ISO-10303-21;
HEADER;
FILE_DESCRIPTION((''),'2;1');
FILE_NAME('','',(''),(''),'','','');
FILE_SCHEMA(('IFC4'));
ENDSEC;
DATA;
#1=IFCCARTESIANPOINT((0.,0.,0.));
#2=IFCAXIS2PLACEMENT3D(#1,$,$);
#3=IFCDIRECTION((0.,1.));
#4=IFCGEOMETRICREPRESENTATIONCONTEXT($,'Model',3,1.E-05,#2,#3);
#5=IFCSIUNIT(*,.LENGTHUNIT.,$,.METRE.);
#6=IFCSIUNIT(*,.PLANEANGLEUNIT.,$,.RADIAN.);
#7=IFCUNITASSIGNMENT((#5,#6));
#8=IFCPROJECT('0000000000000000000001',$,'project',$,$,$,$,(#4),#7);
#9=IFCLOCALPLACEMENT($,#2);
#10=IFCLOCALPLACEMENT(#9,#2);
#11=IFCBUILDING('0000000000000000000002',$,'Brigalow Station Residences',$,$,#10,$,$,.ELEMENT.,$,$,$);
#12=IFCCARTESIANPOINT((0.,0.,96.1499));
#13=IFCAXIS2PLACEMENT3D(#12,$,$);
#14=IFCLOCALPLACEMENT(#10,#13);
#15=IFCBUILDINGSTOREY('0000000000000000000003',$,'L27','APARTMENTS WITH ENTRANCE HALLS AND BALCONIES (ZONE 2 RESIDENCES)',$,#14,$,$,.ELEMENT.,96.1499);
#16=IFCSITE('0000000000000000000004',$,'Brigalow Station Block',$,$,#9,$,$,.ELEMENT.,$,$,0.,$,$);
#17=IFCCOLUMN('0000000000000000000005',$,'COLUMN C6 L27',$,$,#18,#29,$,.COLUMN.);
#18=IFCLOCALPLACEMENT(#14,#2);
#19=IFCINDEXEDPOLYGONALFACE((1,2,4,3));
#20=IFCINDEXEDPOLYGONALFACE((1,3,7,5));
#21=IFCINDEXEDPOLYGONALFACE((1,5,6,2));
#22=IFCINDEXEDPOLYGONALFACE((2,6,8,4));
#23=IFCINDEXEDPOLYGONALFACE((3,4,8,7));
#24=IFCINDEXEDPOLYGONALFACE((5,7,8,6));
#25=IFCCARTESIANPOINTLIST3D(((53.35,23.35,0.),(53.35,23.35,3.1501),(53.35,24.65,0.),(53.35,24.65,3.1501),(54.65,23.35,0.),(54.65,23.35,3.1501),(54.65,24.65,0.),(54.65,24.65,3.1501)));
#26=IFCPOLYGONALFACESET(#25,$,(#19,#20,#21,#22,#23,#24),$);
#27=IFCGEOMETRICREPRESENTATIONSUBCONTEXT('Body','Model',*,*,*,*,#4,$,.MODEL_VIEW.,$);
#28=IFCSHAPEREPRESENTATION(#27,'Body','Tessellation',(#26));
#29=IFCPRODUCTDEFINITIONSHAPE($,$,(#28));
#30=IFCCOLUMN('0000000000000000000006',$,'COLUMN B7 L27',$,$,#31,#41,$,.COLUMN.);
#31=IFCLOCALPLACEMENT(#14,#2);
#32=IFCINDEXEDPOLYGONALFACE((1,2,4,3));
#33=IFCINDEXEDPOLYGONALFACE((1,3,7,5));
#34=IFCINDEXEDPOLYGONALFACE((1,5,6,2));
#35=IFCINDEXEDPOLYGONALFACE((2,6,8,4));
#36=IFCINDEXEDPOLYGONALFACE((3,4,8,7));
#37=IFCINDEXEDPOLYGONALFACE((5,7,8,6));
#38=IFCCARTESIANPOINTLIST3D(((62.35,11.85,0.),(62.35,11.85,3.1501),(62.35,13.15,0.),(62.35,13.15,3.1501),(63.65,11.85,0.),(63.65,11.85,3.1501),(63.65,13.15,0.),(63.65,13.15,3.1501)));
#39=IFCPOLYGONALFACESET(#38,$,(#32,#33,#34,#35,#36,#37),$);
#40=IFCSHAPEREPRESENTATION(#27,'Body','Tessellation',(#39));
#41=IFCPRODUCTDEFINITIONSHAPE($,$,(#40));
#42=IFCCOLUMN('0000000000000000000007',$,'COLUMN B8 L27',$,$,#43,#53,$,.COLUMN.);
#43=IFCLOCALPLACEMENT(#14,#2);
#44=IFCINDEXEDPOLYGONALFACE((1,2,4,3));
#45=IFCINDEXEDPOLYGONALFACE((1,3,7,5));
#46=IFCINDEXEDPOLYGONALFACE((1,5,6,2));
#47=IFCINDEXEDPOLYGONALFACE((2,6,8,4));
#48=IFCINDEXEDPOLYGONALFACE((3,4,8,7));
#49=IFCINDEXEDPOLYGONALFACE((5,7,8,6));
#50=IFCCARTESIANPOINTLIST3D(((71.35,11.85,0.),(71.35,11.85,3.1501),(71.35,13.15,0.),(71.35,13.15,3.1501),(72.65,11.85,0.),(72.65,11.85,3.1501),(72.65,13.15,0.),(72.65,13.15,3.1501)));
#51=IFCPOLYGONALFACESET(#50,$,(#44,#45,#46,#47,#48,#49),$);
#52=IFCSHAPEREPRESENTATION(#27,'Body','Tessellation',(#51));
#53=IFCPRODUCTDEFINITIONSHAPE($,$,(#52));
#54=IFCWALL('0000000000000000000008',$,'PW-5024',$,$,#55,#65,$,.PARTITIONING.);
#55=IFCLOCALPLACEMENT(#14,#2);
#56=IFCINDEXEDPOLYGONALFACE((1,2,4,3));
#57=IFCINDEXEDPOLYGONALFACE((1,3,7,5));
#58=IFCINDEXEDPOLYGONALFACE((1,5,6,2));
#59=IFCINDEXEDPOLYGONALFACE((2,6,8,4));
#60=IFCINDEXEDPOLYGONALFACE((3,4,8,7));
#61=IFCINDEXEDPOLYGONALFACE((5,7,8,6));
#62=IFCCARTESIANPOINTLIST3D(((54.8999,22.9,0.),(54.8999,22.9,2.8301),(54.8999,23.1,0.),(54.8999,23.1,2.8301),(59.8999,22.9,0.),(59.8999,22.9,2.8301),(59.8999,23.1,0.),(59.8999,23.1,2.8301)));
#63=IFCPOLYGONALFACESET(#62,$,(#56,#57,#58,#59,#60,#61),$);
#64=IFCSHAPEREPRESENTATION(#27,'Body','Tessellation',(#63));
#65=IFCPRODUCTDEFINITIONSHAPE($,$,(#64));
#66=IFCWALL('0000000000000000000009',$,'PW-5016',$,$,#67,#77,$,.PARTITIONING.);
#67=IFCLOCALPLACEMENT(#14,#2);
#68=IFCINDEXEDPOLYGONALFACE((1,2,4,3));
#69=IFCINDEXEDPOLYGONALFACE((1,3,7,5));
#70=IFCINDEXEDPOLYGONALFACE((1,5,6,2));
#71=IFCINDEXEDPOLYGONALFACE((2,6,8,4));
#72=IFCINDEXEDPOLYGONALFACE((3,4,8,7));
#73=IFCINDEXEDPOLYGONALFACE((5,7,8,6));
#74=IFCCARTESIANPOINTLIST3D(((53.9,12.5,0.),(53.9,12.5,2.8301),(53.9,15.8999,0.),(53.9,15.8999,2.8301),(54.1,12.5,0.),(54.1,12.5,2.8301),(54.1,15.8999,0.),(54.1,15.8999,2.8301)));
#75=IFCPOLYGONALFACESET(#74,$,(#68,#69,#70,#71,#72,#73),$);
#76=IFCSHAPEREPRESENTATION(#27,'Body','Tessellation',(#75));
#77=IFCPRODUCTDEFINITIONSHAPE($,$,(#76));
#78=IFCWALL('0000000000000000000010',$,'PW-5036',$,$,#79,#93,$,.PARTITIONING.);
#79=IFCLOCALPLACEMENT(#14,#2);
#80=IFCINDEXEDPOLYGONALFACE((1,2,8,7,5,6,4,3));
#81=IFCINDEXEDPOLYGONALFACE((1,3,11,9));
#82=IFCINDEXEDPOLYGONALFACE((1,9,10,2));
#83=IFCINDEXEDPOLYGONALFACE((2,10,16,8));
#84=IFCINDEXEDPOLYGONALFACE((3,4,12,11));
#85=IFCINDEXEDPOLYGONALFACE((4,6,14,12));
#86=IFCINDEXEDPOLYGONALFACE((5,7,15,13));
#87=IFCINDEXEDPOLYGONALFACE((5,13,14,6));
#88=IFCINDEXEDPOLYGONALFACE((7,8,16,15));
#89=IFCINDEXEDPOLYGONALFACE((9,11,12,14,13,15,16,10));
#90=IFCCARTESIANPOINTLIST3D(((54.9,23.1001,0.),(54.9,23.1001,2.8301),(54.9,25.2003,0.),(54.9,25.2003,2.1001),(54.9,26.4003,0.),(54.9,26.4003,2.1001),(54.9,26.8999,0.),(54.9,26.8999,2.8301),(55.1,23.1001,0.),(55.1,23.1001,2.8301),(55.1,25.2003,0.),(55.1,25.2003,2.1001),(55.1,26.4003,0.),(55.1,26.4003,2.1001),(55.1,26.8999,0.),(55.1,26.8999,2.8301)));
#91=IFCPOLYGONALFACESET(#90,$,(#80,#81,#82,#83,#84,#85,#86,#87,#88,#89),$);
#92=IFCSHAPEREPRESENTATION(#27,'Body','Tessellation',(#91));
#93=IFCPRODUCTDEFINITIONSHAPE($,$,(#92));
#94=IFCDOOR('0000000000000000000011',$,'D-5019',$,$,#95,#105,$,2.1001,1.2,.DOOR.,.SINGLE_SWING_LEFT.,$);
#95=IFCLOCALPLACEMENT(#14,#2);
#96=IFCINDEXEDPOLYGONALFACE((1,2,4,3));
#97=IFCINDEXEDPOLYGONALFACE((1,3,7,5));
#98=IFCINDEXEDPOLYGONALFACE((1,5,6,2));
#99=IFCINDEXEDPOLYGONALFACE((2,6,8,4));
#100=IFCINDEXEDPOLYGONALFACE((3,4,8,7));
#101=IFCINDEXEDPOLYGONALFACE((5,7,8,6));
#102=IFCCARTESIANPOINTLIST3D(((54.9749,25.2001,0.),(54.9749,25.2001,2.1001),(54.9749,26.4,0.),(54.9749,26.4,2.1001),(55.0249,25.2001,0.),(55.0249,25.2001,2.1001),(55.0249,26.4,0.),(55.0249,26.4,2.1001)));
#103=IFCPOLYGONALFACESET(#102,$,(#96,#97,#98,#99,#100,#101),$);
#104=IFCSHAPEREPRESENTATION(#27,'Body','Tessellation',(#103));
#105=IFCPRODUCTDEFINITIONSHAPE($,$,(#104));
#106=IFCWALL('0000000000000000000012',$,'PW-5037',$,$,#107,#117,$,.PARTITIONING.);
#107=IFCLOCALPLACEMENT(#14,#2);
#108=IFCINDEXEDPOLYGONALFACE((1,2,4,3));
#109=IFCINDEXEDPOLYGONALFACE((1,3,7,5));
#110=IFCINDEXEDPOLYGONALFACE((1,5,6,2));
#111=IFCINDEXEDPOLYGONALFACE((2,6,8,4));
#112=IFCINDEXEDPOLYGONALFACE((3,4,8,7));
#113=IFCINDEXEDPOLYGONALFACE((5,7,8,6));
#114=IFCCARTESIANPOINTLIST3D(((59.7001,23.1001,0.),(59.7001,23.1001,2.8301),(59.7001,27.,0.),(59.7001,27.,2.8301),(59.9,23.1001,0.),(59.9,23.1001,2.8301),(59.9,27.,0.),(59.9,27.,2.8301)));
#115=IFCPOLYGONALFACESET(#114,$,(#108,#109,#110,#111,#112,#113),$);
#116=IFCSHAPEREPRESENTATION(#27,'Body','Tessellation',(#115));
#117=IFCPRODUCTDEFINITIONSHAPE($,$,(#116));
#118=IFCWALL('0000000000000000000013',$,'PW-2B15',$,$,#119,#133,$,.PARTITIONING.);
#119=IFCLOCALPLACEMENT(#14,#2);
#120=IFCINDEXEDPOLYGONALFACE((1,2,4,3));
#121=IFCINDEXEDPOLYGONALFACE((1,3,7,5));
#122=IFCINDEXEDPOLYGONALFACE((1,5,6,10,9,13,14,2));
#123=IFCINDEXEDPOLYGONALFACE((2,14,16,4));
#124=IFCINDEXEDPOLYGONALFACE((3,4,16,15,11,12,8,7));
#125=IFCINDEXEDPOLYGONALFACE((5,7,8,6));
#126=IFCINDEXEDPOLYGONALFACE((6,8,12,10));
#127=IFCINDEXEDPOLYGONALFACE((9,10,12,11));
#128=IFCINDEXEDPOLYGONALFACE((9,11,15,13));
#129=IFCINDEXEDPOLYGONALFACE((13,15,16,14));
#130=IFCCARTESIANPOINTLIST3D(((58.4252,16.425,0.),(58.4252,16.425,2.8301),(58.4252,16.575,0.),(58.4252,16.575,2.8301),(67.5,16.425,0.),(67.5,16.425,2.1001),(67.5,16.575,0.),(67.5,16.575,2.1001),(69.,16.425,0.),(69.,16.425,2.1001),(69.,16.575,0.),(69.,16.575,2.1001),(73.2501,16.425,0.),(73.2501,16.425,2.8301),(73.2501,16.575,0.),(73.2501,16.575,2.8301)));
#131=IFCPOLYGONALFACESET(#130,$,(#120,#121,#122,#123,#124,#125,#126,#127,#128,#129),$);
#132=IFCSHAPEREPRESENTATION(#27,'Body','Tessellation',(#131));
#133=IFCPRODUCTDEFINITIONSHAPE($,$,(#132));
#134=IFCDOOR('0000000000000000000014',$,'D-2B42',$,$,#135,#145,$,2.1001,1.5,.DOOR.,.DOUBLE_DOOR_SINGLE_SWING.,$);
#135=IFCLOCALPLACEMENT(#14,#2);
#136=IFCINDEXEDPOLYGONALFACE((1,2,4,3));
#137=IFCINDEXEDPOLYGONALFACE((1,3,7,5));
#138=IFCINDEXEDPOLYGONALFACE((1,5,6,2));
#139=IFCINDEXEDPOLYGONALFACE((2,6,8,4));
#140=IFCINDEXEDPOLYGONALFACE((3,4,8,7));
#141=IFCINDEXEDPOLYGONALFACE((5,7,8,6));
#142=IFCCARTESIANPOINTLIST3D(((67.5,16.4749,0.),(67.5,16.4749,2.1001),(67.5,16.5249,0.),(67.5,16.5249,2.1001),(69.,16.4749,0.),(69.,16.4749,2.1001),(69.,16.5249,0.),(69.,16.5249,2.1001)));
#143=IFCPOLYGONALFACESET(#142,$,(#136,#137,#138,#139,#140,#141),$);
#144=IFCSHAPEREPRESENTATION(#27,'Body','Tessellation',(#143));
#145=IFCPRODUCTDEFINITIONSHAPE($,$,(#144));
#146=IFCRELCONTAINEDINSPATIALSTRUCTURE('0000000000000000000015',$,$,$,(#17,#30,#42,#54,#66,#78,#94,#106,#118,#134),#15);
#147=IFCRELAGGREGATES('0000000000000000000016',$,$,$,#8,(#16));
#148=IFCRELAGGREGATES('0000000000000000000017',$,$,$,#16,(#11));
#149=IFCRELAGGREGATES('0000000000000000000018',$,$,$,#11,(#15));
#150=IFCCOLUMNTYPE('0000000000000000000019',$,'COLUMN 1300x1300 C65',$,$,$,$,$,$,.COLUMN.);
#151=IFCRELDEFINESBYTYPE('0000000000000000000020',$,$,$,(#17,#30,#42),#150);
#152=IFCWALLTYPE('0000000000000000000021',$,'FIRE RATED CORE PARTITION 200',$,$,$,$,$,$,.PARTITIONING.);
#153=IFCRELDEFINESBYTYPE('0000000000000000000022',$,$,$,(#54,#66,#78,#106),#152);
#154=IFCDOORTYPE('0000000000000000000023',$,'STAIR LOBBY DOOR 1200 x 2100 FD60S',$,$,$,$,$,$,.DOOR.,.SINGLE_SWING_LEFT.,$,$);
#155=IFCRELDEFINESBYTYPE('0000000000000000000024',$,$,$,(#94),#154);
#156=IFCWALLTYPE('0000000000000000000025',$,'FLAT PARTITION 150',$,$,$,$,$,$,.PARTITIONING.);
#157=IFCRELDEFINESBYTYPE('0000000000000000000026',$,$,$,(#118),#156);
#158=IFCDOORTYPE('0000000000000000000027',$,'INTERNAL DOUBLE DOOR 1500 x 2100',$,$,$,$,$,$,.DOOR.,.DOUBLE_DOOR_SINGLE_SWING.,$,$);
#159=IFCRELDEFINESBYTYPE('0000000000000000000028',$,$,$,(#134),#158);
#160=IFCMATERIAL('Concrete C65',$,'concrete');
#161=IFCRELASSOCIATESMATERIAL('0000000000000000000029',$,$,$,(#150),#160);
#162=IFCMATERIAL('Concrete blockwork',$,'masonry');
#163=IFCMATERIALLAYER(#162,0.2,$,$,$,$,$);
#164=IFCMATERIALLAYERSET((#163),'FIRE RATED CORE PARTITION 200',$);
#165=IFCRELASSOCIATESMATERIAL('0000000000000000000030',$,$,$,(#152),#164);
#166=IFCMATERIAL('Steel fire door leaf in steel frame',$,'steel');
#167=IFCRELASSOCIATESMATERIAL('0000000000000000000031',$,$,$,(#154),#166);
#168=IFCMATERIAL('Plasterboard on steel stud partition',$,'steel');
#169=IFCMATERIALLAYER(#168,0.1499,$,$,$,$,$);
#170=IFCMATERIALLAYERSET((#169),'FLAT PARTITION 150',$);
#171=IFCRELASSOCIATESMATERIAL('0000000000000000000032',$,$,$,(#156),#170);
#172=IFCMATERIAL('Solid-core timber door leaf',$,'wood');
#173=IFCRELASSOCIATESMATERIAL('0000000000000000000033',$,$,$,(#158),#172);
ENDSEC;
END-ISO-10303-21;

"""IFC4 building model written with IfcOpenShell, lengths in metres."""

from ifc_helpers import new_model, si_unit, direction, frame, frame_2d, origin, origin_2d, place, context, subcontext, project, spatial, rectangle, extrude, material, layer, layer_set, material_profile, profile_set, type_object, element, fill, save


model = new_model("IFC4")

# Units and contexts
model_context = context("Model", 3, precision=1e-05, world=origin(), true_north=direction((0.0, 1.0)))
body_context = subcontext(model_context, "Body", "Model", "MODEL_VIEW")
ifc_project = project(units=[si_unit("LENGTHUNIT", "METRE"), si_unit("PLANEANGLEUNIT", "RADIAN")], contexts=[model_context])

# Site, building, storey
site_placement = place(None, origin())
site = spatial("IfcSite", under=ifc_project, at=site_placement, Name="Brigalow Station Block", CompositionType="ELEMENT", RefElevation=0.0)
building_placement = place(site_placement, origin())
building = spatial("IfcBuilding", under=site, at=building_placement, Name="Brigalow Station Residences", CompositionType="ELEMENT")
storey_placement = place(building_placement, frame((0.0, 0.0, 96.1499)))
storey = spatial("IfcBuildingStorey", under=building, at=storey_placement, Name="L27", Description="APARTMENTS WITH ENTRANCE HALLS AND BALCONIES (ZONE 2 RESIDENCES)", CompositionType="ELEMENT", Elevation=96.1499)

# Columns
ifc_material_1 = material(Name="Concrete C65", Category="concrete")
ifc_material_profile = material_profile(ifc_material_1, rectangle(XDim=1.3, YDim=1.3, at=origin_2d()), Name="RC1300x1300")
ifc_profile_set = profile_set([ifc_material_profile], Name="Concrete C65")
column_type = type_object("IfcColumnType", Name="COLUMN 1300x1300 C65", PredefinedType="COLUMN", material=ifc_profile_set)
for number, where, z_axis, x_axis, name in (
    (1, (54.0, 24.0, 0.0), (0.0, 0.0, 1.0), (1.0, 0.0, 0.0), "COLUMN C6 L27"),
    (2, (63.0, 12.5, 0.0), (0.0, 0.0, 1.0), (1.0, 0.0, 0.0), "COLUMN B7 L27"),
    (3, (72.0, 12.5, 0.0), (0.0, 0.0, 1.0), (1.0, 0.0, 0.0), "COLUMN B8 L27"),
):
    element("IfcColumn", number, at=place(storey_placement, frame(where, z_axis=z_axis, x_axis=x_axis)), inside=storey, type_object=column_type, Name=name, PredefinedType="COLUMN", context=body_context, shape_type="SweptSolid", body=[
        extrude(rectangle(XDim=1.3, YDim=1.3, at=origin_2d()), origin(), (0.0, 0.0, 1.0), 3.1501),
    ])

# Walls
ifc_material_2 = material(Name="Concrete blockwork", Category="masonry")
ifc_layer_1 = layer(ifc_material_2, 0.2)
ifc_layer_set_1 = layer_set([ifc_layer_1], Name="FIRE RATED CORE PARTITION 200")
wall_type_1 = type_object("IfcWallType", Name="FIRE RATED CORE PARTITION 200", PredefinedType="PARTITIONING", material=ifc_layer_set_1)
wall_1_placement = place(storey_placement, frame((54.8999, 23.0, 0.0), z_axis=(0.0, 0.0, 1.0), x_axis=(1.0, 0.0, 0.0)))
element("IfcWall", 4, at=wall_1_placement, inside=storey, type_object=wall_type_1, Name="PW-5024", PredefinedType="PARTITIONING", context=body_context, shape_type="SweptSolid", body=[
    extrude(rectangle(XDim=5.0, YDim=0.2, at=frame_2d((2.5, 0.0))), origin(), (0.0, 0.0, 1.0), 2.8301),
])
wall_2_placement = place(storey_placement, frame((54.0, 12.5, 0.0), z_axis=(0.0, 0.0, 1.0), x_axis=(0.0, 1.0, 0.0)))
element("IfcWall", 5, at=wall_2_placement, inside=storey, type_object=wall_type_1, Name="PW-5016", PredefinedType="PARTITIONING", context=body_context, shape_type="SweptSolid", body=[
    extrude(rectangle(XDim=3.3999, YDim=0.2, at=frame_2d((1.7, 0.0))), origin(), (0.0, 0.0, 1.0), 2.8301),
])

# Wall, opening, door
wall_3_placement = place(storey_placement, frame((55.0, 23.1001, 0.0), z_axis=(0.0, 0.0, 1.0), x_axis=(0.0, 1.0, 0.0)))
wall_3 = element("IfcWall", 6, at=wall_3_placement, inside=storey, type_object=wall_type_1, Name="PW-5036", PredefinedType="PARTITIONING", context=body_context, shape_type="SweptSolid", body=[
    extrude(rectangle(XDim=3.7998, YDim=0.2, at=frame_2d((1.8999, 0.0))), origin(), (0.0, 0.0, 1.0), 2.8301),
])
opening_1_placement = place(wall_3_placement, frame((2.1001, 0.0, 0.0)))
opening_1 = element("IfcOpeningElement", 7, at=opening_1_placement, cuts=wall_3, PredefinedType="OPENING", context=body_context, shape_type="SweptSolid", body=[
    extrude(rectangle(XDim=1.2, YDim=2.1001, at=frame_2d((0.6001, 1.05))), frame((0.0, 0.1099, 0.0), z_axis=(0.0, -1.0, 0.0), x_axis=(1.0, 0.0, 0.0)), (0.0, 0.0, 1.0), 0.22),
])
ifc_material_3 = material(Name="Steel fire door leaf in steel frame", Category="steel")
door_type_1 = type_object("IfcDoorType", Name="STAIR LOBBY DOOR 1200 x 2100 FD60S", OperationType="SINGLE_SWING_LEFT", PredefinedType="DOOR", material=ifc_material_3)
door_1_placement = place(opening_1_placement, frame((1.2, 0.0, 0.0), z_axis=(0.0, 0.0, 1.0), x_axis=(-1.0, 0.0, 0.0)))
door_1 = element("IfcDoor", 8, at=door_1_placement, inside=storey, type_object=door_type_1, Name="D-5019", OperationType="SINGLE_SWING_LEFT", OverallHeight=2.1001, OverallWidth=1.2, PredefinedType="DOOR", context=body_context, shape_type="SweptSolid", body=[
    extrude(rectangle(XDim=1.2, YDim=2.1001, at=frame_2d((0.6001, 1.05))), frame((0.0, 0.0249, 0.0), z_axis=(0.0, -1.0, 0.0), x_axis=(1.0, 0.0, 0.0)), (0.0, 0.0, 1.0), 0.05),
])
fill(opening_1, door_1)

# Wall
wall_4_placement = place(storey_placement, frame((59.8, 23.1001, 0.0), z_axis=(0.0, 0.0, 1.0), x_axis=(0.0, 1.0, 0.0)))
element("IfcWall", 9, at=wall_4_placement, inside=storey, type_object=wall_type_1, Name="PW-5037", PredefinedType="PARTITIONING", context=body_context, shape_type="SweptSolid", body=[
    extrude(rectangle(XDim=3.8999, YDim=0.2, at=frame_2d((1.95, 0.0))), origin(), (0.0, 0.0, 1.0), 2.8301),
])

# Wall, opening, door
ifc_material_4 = material(Name="Plasterboard on steel stud partition", Category="steel")
ifc_layer_2 = layer(ifc_material_4, 0.1499)
ifc_layer_set_2 = layer_set([ifc_layer_2], Name="FLAT PARTITION 150")
wall_type_2 = type_object("IfcWallType", Name="FLAT PARTITION 150", PredefinedType="PARTITIONING", material=ifc_layer_set_2)
wall_5_placement = place(storey_placement, frame((58.425, 16.5, 0.0), z_axis=(0.0, 0.0, 1.0), x_axis=(1.0, 0.0, 0.0)))
wall_5 = element("IfcWall", 10, at=wall_5_placement, inside=storey, type_object=wall_type_2, Name="PW-2B15", PredefinedType="PARTITIONING", context=body_context, shape_type="SweptSolid", body=[
    extrude(rectangle(XDim=14.825, YDim=0.1499, at=frame_2d((7.4126, 0.0))), origin(), (0.0, 0.0, 1.0), 2.8301),
])
opening_2_placement = place(wall_5_placement, frame((9.075, 0.0, 0.0)))
opening_2 = element("IfcOpeningElement", 11, at=opening_2_placement, cuts=wall_5, PredefinedType="OPENING", context=body_context, shape_type="SweptSolid", body=[
    extrude(rectangle(XDim=1.5, YDim=2.1001, at=frame_2d((0.75, 1.05))), frame((0.0, 0.085, 0.0), z_axis=(0.0, -1.0, 0.0), x_axis=(1.0, 0.0, 0.0)), (0.0, 0.0, 1.0), 0.1699),
])
ifc_material_5 = material(Name="Solid-core timber door leaf", Category="wood")
door_type_2 = type_object("IfcDoorType", Name="INTERNAL DOUBLE DOOR 1500 x 2100", OperationType="DOUBLE_DOOR_SINGLE_SWING", PredefinedType="DOOR", material=ifc_material_5)
door_2_placement = place(opening_2_placement, origin())
door_2 = element("IfcDoor", 12, at=door_2_placement, inside=storey, type_object=door_type_2, Name="D-2B42", OperationType="DOUBLE_DOOR_SINGLE_SWING", OverallHeight=2.1001, OverallWidth=1.5, PredefinedType="DOOR", context=body_context, shape_type="SweptSolid", body=[
    extrude(rectangle(XDim=1.5, YDim=2.1001, at=frame_2d((0.75, 1.05))), frame((0.0, 0.0249, 0.0), z_axis=(0.0, -1.0, 0.0), x_axis=(1.0, 0.0, 0.0)), (0.0, 0.0, 1.0), 0.05),
])
fill(opening_2, door_2)

save(model, "model.ifc")
